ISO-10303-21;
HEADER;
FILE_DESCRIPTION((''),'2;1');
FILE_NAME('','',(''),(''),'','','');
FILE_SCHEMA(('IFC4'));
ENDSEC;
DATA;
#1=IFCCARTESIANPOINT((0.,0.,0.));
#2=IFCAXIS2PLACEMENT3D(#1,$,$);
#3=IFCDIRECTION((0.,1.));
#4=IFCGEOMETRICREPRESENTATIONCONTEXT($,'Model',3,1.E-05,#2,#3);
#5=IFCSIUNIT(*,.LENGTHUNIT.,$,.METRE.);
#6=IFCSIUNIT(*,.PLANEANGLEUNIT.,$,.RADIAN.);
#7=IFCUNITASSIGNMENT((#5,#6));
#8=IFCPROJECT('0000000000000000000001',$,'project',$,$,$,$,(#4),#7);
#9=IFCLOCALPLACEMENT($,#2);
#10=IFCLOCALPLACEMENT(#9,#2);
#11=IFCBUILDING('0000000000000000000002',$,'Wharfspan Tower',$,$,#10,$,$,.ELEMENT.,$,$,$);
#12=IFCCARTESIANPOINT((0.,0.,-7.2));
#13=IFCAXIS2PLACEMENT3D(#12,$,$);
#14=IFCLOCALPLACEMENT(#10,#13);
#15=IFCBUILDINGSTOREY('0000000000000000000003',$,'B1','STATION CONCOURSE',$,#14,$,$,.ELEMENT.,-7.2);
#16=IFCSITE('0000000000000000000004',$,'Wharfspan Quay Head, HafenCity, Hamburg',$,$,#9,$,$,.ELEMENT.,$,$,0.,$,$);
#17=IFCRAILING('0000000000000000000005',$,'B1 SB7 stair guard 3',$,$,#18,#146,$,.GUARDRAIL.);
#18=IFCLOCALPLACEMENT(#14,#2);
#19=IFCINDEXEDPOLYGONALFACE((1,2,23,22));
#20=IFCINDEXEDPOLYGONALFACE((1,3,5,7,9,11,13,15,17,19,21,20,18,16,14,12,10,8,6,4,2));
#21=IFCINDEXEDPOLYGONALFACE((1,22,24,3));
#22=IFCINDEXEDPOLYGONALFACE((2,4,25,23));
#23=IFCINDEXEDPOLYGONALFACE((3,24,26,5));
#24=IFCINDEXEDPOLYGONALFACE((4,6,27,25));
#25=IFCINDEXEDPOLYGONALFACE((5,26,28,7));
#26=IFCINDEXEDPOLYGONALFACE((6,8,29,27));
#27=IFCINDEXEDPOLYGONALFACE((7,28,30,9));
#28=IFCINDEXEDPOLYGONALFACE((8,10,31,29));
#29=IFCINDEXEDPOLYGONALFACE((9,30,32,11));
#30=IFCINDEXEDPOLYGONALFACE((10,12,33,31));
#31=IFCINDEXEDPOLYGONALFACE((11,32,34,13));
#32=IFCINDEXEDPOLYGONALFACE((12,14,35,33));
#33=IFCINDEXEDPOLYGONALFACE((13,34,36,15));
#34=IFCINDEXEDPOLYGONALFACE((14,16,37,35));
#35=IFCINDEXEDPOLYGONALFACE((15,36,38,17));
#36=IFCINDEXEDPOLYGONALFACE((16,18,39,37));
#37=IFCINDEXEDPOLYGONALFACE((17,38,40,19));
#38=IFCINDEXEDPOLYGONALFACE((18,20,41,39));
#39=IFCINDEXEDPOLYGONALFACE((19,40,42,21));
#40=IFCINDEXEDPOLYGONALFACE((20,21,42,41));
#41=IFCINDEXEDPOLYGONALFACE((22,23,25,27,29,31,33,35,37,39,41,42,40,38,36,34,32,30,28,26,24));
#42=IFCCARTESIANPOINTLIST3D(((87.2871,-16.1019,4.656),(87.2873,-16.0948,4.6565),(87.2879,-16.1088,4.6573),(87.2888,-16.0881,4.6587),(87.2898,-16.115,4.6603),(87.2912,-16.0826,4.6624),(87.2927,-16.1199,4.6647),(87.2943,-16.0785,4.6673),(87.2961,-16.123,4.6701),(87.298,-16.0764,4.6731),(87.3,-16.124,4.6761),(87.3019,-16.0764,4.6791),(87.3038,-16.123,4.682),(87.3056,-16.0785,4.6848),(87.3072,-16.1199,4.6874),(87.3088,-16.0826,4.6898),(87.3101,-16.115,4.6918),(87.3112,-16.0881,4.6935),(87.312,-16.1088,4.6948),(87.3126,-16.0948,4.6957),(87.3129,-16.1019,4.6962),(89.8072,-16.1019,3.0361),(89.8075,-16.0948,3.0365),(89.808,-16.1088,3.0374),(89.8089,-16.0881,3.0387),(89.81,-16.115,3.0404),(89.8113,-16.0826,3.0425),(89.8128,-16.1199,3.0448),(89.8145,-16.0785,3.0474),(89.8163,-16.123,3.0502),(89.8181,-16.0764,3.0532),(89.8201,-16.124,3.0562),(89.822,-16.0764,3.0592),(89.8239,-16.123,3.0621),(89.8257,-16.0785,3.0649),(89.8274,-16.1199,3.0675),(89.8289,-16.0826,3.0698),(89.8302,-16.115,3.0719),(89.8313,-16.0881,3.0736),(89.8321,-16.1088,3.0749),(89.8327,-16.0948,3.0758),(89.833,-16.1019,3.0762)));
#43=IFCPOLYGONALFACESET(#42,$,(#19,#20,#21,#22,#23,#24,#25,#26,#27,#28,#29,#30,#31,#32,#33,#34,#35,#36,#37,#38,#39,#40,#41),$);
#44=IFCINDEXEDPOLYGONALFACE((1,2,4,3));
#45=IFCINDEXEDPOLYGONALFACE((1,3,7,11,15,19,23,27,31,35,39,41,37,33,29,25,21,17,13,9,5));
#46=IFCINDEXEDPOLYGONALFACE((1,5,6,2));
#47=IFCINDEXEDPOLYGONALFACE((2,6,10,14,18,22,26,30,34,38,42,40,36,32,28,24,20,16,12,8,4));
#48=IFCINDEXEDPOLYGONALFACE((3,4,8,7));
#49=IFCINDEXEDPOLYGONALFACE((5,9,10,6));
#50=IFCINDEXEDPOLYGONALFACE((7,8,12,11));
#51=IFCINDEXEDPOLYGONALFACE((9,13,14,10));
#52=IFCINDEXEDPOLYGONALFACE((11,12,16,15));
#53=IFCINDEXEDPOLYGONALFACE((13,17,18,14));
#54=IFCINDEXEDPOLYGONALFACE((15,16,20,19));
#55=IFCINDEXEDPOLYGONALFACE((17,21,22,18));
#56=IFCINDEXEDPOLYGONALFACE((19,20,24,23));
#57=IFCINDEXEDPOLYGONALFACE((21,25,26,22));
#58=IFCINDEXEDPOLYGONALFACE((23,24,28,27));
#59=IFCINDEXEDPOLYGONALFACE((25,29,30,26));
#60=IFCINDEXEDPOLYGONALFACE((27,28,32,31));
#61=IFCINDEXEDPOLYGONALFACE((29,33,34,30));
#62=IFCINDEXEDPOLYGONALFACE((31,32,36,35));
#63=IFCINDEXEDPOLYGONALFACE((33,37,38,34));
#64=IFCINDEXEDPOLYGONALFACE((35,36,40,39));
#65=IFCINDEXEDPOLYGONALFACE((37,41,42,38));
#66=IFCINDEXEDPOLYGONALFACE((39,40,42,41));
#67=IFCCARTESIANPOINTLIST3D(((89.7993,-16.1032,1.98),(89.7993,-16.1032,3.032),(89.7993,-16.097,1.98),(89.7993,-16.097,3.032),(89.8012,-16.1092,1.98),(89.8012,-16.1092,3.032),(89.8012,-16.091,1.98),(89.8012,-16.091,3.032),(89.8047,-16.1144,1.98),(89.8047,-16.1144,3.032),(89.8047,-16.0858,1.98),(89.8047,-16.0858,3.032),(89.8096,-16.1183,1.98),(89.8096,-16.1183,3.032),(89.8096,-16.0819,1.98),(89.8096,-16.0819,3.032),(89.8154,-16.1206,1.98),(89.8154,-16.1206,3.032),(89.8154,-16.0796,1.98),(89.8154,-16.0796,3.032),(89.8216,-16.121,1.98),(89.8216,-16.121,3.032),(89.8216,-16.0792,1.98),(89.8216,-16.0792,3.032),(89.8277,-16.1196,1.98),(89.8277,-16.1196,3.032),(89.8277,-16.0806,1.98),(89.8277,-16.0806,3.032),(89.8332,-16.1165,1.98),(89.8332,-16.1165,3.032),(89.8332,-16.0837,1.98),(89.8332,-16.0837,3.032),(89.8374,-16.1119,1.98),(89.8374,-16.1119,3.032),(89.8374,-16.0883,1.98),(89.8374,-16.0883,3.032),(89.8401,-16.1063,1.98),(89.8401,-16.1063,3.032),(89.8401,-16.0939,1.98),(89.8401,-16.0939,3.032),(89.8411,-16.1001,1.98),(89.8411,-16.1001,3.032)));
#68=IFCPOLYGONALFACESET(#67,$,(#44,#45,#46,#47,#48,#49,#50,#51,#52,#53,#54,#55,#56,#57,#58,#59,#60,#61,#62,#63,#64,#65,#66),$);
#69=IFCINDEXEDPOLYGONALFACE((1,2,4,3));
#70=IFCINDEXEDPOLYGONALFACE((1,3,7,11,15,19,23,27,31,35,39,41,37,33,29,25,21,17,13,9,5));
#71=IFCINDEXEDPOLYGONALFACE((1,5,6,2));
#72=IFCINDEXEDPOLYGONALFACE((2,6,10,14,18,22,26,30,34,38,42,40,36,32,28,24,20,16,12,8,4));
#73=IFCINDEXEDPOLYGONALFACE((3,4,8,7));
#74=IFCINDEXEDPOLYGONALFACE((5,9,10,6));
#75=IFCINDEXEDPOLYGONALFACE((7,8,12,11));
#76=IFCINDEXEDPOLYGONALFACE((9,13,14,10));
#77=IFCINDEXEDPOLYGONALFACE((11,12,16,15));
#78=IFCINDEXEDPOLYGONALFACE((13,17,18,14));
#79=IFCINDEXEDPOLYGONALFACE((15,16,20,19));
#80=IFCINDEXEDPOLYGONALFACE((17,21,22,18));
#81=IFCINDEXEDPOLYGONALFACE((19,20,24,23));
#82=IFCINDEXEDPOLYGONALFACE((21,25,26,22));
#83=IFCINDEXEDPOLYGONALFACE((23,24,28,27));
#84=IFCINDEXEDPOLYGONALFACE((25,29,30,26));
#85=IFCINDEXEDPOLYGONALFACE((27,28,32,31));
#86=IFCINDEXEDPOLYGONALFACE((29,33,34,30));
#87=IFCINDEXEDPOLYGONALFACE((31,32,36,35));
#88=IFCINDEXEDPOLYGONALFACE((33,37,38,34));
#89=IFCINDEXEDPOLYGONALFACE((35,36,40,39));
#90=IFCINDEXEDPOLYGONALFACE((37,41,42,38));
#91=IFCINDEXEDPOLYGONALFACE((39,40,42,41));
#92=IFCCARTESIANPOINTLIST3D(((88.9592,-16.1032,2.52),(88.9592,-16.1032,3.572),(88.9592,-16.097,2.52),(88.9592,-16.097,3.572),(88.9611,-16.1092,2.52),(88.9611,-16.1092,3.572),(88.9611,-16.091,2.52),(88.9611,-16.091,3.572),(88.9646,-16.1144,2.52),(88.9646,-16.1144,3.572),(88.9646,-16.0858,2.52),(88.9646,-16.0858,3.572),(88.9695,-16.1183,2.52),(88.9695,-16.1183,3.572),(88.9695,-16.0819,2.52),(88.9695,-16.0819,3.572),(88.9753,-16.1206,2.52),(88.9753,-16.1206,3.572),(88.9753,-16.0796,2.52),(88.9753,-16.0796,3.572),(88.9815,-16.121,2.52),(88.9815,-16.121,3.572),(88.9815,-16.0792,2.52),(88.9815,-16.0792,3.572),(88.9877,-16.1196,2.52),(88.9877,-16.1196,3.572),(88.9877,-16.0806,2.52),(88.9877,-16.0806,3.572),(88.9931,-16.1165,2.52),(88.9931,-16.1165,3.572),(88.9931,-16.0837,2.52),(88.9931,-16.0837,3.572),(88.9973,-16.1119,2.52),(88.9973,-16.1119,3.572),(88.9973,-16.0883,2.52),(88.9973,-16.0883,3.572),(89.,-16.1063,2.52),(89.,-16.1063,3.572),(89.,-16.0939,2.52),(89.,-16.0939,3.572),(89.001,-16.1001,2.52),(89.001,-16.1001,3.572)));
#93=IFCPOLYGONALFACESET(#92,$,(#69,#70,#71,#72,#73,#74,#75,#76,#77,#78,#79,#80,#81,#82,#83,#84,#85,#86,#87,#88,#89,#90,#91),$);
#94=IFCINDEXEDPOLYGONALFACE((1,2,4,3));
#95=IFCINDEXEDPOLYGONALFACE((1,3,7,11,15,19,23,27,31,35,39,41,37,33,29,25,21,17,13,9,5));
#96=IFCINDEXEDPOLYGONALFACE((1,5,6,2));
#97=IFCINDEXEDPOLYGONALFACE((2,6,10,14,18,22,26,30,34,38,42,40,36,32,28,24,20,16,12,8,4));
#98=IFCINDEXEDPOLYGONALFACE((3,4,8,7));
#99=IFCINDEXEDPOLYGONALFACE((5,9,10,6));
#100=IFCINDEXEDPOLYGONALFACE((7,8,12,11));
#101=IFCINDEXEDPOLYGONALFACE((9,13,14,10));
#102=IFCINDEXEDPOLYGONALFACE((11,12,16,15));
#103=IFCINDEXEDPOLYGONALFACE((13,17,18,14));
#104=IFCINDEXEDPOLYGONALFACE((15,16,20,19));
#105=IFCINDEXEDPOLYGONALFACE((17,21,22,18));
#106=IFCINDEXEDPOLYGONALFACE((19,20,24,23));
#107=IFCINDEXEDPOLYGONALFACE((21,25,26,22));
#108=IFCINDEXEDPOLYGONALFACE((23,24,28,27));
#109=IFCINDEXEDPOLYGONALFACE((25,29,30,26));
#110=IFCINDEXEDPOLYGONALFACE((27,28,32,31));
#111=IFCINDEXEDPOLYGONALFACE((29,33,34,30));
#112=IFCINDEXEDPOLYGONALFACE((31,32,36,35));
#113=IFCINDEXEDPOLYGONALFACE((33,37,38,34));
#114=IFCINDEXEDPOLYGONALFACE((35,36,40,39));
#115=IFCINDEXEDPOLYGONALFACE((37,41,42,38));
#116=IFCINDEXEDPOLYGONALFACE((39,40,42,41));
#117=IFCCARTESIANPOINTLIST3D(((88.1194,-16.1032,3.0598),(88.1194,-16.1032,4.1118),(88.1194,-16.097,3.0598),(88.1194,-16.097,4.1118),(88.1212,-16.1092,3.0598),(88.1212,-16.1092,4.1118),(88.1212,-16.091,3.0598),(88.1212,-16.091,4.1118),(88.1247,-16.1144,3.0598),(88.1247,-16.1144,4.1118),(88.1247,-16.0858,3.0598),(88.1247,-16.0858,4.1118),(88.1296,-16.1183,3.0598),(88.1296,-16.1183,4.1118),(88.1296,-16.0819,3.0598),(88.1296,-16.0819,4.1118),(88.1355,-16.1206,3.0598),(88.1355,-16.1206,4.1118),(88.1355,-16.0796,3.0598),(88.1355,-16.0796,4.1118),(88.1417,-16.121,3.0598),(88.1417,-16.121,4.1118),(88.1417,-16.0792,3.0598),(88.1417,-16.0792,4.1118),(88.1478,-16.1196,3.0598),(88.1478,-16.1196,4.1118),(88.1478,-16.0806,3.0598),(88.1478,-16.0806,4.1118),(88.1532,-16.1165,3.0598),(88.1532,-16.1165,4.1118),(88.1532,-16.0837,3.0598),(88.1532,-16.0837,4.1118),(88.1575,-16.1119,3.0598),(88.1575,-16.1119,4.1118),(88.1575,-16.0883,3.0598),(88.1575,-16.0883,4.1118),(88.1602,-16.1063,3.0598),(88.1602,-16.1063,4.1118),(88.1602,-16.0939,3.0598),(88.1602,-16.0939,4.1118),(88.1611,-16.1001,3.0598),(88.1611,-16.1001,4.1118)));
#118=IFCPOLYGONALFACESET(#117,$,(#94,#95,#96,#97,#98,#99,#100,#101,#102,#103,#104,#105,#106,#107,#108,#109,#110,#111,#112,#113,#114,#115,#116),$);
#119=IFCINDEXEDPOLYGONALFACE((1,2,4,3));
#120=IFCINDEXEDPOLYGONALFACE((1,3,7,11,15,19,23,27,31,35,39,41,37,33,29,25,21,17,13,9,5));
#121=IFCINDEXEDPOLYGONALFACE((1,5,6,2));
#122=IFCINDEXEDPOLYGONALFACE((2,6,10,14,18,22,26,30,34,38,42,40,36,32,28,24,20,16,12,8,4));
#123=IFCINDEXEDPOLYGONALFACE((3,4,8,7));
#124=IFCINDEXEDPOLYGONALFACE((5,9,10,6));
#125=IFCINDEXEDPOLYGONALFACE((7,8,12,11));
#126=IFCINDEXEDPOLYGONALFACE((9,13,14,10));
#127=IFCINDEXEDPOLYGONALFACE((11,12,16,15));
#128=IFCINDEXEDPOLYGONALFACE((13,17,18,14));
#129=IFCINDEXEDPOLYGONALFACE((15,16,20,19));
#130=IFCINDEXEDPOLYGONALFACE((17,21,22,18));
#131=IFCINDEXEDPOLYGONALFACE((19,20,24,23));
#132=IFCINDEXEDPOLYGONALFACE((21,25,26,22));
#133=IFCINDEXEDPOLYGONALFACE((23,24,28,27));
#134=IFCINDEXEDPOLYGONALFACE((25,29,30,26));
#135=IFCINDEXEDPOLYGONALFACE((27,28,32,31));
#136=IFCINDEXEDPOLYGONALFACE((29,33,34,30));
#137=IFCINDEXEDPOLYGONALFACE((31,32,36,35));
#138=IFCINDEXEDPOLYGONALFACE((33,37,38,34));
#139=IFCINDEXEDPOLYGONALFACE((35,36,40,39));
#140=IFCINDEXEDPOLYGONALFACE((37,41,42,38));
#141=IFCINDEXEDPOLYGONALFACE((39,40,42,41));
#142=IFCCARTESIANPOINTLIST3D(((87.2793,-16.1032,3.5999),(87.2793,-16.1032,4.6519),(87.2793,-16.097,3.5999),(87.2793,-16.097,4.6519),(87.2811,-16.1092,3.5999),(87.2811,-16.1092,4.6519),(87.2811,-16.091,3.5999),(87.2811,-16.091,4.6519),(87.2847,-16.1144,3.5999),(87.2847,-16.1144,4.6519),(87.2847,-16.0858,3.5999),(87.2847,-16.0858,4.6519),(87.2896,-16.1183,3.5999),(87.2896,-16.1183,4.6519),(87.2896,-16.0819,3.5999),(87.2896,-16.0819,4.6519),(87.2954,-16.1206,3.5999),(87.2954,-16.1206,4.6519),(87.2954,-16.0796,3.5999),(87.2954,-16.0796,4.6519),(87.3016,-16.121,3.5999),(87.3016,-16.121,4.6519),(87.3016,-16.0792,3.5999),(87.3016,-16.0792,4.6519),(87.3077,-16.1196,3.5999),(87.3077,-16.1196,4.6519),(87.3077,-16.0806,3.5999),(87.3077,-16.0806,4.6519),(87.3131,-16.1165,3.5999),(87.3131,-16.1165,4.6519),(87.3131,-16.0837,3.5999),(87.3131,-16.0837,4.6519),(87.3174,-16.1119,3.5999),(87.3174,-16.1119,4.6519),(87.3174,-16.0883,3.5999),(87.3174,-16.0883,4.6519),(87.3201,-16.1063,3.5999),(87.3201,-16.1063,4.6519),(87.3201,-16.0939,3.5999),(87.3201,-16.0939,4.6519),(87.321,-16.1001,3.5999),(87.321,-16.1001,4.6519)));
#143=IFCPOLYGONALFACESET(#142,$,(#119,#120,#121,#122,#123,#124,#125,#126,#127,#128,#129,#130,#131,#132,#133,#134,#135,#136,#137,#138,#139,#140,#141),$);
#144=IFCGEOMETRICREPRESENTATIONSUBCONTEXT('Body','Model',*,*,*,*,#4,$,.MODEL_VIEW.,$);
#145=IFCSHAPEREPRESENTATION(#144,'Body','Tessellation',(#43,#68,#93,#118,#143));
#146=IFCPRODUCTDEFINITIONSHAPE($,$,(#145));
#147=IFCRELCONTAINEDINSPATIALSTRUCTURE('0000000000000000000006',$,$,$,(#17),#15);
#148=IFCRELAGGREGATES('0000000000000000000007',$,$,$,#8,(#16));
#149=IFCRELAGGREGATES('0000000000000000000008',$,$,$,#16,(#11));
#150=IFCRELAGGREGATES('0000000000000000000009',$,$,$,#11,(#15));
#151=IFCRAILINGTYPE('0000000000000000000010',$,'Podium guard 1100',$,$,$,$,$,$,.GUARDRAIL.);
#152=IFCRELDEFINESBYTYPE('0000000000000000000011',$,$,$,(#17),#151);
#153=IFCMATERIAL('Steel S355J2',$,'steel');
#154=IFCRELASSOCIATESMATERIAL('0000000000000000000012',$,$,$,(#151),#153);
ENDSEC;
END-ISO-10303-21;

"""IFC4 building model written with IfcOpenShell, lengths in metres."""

from ifc_helpers import new_model, si_unit, direction, frame, origin, origin_2d, place, context, subcontext, project, spatial, circle, extrude, material, type_object, element, save


model = new_model("IFC4")

# Units and contexts
model_context = context("Model", 3, precision=1e-05, world=origin(), true_north=direction((0.0, 1.0)))
body_context = subcontext(model_context, "Body", "Model", "MODEL_VIEW")
ifc_project = project(units=[si_unit("LENGTHUNIT", "METRE"), si_unit("PLANEANGLEUNIT", "RADIAN")], contexts=[model_context])

# Site, building, storey
site_placement = place(None, origin())
site = spatial("IfcSite", under=ifc_project, at=site_placement, Name="Wharfspan Quay Head, HafenCity, Hamburg", CompositionType="ELEMENT", RefElevation=0.0)
building_placement = place(site_placement, origin())
building = spatial("IfcBuilding", under=site, at=building_placement, Name="Wharfspan Tower", CompositionType="ELEMENT")
storey_placement = place(building_placement, frame((0.0, 0.0, -7.2)))
storey = spatial("IfcBuildingStorey", under=building, at=storey_placement, Name="B1", Description="STATION CONCOURSE", CompositionType="ELEMENT", Elevation=-7.2)

# Railing
ifc_material_1 = material(Name="Steel S355J2", Category="steel")
railing_type_1 = type_object("IfcRailingType", Name="Podium guard 1100", PredefinedType="GUARDRAIL", material=ifc_material_1)
railing_1_placement = place(storey_placement, frame((89.8201, -16.1001, 1.98)))
element("IfcRailing", 1, at=railing_1_placement, inside=storey, type_object=railing_type_1, Name="B1 SB7 stair guard 3", PredefinedType="GUARDRAIL", context=body_context, shape_type="SweptSolid", body=[
    extrude(circle(Radius=0.0239, at=origin_2d()), frame((0.0, 0.0, 1.0762), z_axis=(-0.8412, 0.0, 0.540725), x_axis=(0.0, -1.0, 0.0)), (0.0, 0.0, 1.0), 2.9958),
    extrude(circle(Radius=0.021, at=origin_2d()), origin(), (0.0, 0.0, 1.0), 1.052),
    extrude(circle(Radius=0.021, at=origin_2d()), frame((-0.8401, 0.0, 0.54)), (0.0, 0.0, 1.0), 1.052),
    extrude(circle(Radius=0.021, at=origin_2d()), frame((-1.6799, 0.0, 1.0798)), (0.0, 0.0, 1.0), 1.052),
    extrude(circle(Radius=0.021, at=origin_2d()), frame((-2.52, 0.0, 1.6199)), (0.0, 0.0, 1.0), 1.052),
])

save(model, "model.ifc")
